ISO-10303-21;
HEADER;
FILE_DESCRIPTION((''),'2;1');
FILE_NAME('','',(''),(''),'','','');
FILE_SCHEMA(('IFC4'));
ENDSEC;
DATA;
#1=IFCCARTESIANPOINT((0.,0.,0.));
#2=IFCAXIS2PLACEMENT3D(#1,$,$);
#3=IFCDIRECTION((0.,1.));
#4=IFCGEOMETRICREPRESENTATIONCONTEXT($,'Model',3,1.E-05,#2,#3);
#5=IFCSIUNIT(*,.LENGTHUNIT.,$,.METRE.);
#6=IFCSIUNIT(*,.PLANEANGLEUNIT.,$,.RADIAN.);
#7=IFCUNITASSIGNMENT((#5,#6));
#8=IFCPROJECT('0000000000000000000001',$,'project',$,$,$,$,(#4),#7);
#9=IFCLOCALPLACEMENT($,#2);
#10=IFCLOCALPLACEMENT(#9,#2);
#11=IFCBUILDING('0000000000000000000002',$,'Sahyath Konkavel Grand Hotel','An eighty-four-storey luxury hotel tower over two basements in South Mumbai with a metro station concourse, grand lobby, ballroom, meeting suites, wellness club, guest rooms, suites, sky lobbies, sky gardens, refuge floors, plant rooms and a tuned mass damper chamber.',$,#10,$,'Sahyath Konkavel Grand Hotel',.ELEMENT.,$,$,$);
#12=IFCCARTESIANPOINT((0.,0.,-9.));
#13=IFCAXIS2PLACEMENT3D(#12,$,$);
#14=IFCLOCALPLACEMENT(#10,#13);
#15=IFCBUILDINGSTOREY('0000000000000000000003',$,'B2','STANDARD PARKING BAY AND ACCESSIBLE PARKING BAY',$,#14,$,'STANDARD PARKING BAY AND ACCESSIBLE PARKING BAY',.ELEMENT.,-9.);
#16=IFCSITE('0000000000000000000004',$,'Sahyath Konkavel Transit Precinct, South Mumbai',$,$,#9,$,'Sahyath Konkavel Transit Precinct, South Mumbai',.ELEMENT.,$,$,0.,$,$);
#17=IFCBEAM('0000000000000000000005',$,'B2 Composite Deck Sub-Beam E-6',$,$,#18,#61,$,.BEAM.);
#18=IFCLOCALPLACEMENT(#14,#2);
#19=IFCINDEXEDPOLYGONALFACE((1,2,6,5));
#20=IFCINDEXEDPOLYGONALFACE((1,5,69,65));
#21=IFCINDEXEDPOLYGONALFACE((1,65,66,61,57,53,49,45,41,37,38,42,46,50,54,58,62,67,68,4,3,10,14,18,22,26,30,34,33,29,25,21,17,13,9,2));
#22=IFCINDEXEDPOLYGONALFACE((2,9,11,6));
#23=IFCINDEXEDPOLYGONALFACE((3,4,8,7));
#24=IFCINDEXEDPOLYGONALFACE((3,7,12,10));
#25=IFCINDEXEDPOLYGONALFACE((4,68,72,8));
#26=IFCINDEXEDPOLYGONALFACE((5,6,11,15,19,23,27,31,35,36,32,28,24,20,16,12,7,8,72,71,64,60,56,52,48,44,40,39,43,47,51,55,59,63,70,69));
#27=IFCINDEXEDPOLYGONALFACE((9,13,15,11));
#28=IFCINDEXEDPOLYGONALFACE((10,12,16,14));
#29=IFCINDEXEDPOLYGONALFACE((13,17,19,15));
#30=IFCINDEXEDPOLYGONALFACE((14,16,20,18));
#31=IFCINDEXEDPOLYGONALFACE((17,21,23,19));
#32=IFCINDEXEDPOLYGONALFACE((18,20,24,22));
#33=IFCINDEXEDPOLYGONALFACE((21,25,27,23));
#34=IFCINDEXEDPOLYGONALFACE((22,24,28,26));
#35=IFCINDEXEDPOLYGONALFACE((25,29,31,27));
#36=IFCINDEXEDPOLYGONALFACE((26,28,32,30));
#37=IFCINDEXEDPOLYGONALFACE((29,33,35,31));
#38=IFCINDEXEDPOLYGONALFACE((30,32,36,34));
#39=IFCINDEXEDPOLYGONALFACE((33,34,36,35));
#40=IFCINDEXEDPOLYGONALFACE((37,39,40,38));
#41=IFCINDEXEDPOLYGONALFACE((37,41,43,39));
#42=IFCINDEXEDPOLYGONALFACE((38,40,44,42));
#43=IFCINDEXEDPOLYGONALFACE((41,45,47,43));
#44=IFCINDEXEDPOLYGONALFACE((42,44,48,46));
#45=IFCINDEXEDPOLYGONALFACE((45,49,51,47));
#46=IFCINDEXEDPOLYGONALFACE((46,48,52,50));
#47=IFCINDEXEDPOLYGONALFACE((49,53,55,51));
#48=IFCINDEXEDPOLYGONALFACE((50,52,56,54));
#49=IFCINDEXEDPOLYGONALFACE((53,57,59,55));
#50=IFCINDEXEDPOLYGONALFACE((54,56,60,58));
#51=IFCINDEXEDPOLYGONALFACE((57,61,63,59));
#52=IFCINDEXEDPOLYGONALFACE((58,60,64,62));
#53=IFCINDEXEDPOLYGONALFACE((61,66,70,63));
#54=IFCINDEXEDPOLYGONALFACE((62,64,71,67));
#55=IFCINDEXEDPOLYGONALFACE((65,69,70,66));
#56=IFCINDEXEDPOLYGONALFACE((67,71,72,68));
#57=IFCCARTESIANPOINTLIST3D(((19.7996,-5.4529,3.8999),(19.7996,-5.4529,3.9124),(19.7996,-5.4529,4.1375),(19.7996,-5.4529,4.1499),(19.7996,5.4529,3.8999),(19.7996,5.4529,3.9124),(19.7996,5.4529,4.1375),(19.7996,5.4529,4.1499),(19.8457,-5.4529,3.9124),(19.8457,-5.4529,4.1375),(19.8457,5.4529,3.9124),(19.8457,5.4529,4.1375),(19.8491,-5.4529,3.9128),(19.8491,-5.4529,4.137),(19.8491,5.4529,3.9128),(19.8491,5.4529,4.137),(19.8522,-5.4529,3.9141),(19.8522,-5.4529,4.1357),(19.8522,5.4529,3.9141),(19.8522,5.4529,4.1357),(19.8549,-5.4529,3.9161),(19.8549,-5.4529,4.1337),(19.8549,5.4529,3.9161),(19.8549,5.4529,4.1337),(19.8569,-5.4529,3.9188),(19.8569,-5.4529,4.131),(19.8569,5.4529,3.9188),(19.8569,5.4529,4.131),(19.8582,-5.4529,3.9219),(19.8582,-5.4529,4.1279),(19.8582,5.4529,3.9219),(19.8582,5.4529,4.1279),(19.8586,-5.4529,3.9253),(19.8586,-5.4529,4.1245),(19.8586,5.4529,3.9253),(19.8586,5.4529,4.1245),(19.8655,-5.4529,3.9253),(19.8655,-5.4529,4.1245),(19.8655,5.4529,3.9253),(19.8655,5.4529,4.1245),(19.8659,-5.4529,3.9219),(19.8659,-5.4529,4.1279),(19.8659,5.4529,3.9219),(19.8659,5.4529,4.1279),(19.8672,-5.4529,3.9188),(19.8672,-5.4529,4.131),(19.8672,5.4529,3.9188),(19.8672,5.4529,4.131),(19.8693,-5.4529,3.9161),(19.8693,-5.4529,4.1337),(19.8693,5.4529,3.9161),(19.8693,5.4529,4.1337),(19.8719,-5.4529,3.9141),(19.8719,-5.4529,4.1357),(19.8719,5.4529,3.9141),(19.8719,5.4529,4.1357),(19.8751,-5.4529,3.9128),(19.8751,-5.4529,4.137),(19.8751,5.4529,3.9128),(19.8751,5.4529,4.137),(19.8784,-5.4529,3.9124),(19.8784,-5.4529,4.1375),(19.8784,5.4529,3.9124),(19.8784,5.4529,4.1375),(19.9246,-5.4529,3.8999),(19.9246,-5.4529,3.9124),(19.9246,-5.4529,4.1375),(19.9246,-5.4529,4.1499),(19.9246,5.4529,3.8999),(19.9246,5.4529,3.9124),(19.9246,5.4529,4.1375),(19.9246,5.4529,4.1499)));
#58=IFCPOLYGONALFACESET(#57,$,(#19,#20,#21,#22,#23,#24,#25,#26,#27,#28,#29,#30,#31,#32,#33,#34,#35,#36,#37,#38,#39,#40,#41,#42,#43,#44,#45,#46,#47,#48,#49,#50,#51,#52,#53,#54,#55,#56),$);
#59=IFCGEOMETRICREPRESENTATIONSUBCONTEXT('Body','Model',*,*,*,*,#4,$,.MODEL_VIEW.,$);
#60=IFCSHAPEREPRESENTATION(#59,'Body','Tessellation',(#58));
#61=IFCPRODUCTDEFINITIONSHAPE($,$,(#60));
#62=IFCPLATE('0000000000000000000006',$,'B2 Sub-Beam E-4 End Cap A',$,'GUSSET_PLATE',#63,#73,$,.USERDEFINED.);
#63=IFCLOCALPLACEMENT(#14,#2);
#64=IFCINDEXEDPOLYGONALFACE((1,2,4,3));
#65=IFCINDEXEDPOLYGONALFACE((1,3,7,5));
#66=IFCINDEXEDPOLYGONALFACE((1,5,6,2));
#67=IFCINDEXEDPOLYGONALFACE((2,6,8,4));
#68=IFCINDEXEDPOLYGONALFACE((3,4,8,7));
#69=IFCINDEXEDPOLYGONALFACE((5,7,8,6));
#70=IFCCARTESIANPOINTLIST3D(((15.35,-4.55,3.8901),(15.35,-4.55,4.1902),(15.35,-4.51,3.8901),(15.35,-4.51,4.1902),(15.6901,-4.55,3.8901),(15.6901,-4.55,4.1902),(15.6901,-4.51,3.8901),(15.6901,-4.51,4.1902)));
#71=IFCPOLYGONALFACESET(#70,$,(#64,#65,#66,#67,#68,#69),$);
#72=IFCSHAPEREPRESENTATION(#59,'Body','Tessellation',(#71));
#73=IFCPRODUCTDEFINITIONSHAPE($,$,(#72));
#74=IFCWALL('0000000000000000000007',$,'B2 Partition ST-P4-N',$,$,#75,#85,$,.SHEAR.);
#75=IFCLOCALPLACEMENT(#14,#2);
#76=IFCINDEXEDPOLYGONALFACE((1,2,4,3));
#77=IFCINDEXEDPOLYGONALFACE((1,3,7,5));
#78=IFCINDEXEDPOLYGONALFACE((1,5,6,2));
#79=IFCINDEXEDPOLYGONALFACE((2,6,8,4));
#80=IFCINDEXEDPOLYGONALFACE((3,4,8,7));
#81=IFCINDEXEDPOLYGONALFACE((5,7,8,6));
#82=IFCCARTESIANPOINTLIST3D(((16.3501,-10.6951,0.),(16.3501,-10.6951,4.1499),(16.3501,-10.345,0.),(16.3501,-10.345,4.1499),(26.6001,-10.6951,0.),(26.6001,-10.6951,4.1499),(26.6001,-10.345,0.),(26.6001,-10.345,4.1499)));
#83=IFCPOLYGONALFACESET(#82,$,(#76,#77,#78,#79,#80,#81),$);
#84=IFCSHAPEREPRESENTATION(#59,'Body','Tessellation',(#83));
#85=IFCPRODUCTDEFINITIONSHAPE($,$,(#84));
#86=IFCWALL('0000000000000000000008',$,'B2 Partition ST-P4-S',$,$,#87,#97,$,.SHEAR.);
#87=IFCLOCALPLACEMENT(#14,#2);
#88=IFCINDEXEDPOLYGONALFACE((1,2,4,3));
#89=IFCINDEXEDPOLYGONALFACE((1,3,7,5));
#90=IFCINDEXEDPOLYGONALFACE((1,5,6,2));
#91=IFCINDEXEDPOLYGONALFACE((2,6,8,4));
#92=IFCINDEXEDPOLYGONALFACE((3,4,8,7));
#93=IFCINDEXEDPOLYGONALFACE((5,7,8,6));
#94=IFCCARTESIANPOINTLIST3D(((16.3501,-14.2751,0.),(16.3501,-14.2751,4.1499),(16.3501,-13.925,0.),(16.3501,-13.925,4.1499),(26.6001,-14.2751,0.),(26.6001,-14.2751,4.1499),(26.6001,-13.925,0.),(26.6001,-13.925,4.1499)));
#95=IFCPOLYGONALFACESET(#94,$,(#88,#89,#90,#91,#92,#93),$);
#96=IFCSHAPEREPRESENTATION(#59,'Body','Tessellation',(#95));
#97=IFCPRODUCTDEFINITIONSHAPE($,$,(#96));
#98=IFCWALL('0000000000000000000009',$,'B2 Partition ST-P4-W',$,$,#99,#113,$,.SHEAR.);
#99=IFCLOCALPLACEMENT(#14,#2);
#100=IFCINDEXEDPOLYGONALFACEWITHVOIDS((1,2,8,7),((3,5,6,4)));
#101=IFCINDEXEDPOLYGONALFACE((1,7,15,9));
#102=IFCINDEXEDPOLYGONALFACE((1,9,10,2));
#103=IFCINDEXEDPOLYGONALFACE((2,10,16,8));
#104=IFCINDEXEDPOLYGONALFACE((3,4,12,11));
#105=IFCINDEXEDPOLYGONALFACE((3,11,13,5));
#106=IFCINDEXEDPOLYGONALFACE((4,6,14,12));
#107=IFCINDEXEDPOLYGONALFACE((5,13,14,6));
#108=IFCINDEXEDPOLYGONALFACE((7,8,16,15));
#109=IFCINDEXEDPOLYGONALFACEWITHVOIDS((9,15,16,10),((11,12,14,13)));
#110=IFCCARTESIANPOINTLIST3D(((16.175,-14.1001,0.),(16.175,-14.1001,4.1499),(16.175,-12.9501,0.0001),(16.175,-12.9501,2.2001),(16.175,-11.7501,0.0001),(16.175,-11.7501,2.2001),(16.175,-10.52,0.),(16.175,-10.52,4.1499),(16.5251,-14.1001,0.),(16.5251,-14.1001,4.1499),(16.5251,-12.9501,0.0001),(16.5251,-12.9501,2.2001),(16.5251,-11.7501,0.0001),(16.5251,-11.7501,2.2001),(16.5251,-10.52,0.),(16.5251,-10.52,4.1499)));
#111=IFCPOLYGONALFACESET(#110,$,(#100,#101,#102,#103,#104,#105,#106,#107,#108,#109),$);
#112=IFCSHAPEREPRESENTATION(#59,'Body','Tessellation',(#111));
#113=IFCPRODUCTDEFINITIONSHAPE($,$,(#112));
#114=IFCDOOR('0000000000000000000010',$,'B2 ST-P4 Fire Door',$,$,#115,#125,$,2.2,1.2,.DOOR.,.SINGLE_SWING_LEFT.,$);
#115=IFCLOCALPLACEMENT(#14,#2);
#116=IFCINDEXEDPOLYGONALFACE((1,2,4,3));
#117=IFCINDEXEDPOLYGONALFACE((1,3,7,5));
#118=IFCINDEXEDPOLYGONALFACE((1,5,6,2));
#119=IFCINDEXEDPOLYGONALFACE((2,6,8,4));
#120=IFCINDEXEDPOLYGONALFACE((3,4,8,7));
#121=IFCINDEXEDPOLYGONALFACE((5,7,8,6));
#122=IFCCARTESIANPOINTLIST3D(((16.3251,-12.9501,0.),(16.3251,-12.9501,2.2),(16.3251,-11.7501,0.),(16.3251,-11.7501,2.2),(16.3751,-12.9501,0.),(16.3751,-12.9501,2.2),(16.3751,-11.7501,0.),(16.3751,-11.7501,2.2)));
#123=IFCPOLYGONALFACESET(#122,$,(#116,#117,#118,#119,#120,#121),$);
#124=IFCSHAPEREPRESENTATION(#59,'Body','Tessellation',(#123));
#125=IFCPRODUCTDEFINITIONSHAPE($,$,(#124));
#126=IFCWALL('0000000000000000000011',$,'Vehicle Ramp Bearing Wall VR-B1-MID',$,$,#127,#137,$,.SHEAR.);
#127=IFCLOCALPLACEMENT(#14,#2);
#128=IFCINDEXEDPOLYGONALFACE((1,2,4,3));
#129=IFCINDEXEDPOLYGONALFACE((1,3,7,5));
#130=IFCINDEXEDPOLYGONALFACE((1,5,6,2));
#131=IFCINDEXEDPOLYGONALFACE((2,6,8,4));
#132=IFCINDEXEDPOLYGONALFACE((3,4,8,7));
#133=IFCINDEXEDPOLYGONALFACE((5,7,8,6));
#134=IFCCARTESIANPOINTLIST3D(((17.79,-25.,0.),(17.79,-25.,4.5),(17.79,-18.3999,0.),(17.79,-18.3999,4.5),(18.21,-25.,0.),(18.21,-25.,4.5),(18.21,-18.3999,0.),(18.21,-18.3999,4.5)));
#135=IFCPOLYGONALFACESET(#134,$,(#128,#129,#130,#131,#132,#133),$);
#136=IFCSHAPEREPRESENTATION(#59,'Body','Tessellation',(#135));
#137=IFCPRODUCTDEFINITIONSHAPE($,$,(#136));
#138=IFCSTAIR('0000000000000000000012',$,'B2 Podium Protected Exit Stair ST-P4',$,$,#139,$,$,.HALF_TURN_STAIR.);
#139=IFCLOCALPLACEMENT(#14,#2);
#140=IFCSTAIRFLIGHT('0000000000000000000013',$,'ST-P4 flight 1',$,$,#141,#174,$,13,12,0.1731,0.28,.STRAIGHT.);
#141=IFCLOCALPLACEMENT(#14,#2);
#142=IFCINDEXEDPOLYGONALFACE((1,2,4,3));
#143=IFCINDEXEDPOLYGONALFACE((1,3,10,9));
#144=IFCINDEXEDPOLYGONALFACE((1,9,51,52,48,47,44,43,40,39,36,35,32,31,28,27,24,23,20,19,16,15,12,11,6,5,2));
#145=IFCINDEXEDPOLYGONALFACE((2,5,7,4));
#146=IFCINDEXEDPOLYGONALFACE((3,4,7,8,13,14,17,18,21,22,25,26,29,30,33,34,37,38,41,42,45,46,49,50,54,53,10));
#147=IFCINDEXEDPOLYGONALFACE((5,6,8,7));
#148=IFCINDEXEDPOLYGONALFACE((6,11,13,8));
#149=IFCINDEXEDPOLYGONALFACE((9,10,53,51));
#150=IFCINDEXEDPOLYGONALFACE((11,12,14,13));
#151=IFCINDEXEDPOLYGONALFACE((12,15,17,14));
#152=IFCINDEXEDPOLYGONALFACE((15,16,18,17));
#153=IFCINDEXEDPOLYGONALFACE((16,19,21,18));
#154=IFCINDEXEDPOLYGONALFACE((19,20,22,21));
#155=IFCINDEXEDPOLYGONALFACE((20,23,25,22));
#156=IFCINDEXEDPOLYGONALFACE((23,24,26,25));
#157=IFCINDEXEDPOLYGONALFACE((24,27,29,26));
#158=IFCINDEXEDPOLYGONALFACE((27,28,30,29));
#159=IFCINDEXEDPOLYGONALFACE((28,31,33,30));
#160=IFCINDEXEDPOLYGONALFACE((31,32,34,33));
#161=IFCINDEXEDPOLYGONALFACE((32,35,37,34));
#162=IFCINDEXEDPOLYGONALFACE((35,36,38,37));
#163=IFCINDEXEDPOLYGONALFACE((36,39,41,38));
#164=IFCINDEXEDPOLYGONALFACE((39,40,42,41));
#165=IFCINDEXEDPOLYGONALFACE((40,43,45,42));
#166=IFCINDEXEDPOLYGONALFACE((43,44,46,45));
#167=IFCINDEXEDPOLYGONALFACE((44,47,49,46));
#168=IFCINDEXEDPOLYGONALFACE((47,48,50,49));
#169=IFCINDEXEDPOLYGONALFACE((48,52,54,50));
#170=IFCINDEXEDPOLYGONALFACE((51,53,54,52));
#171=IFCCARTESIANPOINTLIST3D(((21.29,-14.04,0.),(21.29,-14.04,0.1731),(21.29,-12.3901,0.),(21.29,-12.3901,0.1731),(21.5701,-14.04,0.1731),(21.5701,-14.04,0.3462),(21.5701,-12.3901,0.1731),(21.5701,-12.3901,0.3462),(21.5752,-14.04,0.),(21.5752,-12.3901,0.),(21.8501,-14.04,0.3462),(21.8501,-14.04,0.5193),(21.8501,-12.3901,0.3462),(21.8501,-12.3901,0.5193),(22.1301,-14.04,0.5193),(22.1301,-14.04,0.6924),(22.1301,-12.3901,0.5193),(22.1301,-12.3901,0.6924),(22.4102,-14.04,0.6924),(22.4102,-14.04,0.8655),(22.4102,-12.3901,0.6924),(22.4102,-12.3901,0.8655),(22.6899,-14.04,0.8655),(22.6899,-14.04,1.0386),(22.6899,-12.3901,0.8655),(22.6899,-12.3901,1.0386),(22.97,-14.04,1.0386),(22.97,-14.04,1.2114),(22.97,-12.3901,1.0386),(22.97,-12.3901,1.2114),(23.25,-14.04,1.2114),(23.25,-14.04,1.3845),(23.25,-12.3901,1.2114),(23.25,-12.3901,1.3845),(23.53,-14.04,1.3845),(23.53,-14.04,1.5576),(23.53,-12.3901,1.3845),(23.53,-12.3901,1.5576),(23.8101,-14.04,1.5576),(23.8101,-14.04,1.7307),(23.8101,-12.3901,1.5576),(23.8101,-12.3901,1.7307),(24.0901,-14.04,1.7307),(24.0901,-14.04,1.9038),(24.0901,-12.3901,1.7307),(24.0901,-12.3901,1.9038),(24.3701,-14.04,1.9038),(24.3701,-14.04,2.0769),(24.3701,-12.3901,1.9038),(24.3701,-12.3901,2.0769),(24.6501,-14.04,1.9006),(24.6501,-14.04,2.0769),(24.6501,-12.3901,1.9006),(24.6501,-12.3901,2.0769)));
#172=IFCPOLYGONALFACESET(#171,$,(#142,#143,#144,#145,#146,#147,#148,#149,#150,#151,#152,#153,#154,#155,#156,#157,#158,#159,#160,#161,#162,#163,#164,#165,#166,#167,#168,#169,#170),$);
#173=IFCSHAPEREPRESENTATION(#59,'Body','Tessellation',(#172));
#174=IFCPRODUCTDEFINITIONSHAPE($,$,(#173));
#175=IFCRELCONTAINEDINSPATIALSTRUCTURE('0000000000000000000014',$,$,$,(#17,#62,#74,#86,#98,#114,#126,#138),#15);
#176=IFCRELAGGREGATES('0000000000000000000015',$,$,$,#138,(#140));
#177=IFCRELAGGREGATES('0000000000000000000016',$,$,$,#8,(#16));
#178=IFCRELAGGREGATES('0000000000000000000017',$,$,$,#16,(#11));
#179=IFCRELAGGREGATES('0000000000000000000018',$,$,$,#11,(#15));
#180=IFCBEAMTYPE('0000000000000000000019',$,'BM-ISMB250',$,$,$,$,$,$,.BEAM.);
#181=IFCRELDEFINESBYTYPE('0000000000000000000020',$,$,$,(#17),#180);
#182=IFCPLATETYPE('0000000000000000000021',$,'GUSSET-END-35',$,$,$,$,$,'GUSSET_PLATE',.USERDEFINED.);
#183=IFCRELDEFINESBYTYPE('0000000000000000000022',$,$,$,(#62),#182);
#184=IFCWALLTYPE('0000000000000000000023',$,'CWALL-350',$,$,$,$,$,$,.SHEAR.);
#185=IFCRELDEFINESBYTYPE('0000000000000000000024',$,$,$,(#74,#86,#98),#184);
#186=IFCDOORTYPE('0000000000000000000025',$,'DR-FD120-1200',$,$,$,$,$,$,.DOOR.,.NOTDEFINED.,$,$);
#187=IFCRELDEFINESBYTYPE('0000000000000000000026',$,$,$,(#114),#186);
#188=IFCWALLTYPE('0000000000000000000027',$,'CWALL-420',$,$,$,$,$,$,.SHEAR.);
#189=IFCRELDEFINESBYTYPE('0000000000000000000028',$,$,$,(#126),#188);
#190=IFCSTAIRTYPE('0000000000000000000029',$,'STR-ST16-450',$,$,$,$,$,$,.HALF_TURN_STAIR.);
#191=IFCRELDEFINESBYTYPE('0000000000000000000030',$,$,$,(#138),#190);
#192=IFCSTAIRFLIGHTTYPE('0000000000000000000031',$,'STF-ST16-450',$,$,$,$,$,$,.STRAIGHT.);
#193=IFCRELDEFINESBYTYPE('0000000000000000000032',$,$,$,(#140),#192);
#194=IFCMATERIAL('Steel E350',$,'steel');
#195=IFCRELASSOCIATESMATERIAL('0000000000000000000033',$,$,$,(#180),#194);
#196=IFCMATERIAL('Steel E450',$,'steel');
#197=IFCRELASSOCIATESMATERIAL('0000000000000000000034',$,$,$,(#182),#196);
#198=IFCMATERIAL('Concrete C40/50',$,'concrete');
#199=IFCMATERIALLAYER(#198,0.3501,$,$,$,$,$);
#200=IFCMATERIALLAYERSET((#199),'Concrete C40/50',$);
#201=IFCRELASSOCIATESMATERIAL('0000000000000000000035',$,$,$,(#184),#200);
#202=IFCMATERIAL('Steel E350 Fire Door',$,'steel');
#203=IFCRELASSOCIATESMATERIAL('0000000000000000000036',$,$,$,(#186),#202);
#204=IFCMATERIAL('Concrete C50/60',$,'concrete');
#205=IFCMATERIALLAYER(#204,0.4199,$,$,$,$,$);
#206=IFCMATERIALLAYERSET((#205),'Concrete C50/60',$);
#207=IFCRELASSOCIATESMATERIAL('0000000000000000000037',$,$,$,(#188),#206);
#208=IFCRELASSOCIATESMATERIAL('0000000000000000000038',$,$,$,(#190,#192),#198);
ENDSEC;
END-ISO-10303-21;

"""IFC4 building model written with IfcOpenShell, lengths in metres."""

from ifc_helpers import new_model, si_unit, direction, frame, frame_2d, origin, origin_2d, place, context, subcontext, project, spatial, polyline, rectangle, i_section, outline, extrude, source, transform, mapped, material, layer, layer_set, material_profile, profile_set, type_object, element, fill, aggregate, save


model = new_model("IFC4")

# Units and contexts
model_context = context("Model", 3, precision=1e-05, world=origin(), true_north=direction((0.0, 1.0)))
body_context = subcontext(model_context, "Body", "Model", "MODEL_VIEW")
ifc_project = project(units=[si_unit("LENGTHUNIT", "METRE"), si_unit("PLANEANGLEUNIT", "RADIAN")], contexts=[model_context])

# Site, building, storey
site_placement = place(None, origin())
site = spatial("IfcSite", under=ifc_project, at=site_placement, Name="Sahyath Konkavel Transit Precinct, South Mumbai", LongName="Sahyath Konkavel Transit Precinct, South Mumbai", CompositionType="ELEMENT", RefElevation=0.0)
building_placement = place(site_placement, origin())
building = spatial("IfcBuilding", under=site, at=building_placement, Name="Sahyath Konkavel Grand Hotel", Description="An eighty-four-storey luxury hotel tower over two basements in South Mumbai with a metro station concourse, grand lobby, ballroom, meeting suites, wellness club, guest rooms, suites, sky lobbies, sky gardens, refuge floors, plant rooms and a tuned mass damper chamber.", LongName="Sahyath Konkavel Grand Hotel", CompositionType="ELEMENT")
storey_placement = place(building_placement, frame((0.0, 0.0, -9.0)))
storey = spatial("IfcBuildingStorey", under=building, at=storey_placement, Name="B2", Description="STANDARD PARKING BAY AND ACCESSIBLE PARKING BAY", LongName="STANDARD PARKING BAY AND ACCESSIBLE PARKING BAY", CompositionType="ELEMENT", Elevation=-9.0)

# Shared definitions
ifc_material_1 = material(Name="Concrete C50/60", Category="concrete")

# Beam
ifc_material_2 = material(Name="Steel E350", Category="steel")
ifc_material_profile_1 = material_profile(ifc_material_2, i_section(OverallWidth=0.125, OverallDepth=0.25, WebThickness=0.0068, FlangeThickness=0.0125, FilletRadius=0.0129, at=origin_2d()), Name="ISMB 250")
ifc_profile_set_1 = profile_set([ifc_material_profile_1], Name="Steel E350")
beam_type_1 = type_object("IfcBeamType", Name="BM-ISMB250", PredefinedType="BEAM", material=ifc_profile_set_1)
shared_shape_1 = source(origin(), body_context, "Body", "SweptSolid", [
    extrude(i_section(OverallWidth=0.125, OverallDepth=0.25, WebThickness=0.0068, FlangeThickness=0.0125, FilletRadius=0.0129, at=origin_2d()), origin(), (0.0, 0.0, 1.0), 10.9058),
])
beam_1_placement = place(storey_placement, frame((19.8621, -5.4529, 4.0249), z_axis=(0.0, 1.0, 0.0), x_axis=(-1.0, 0.0, 0.0)))
element("IfcBeam", 1, at=beam_1_placement, inside=storey, type_object=beam_type_1, Name="B2 Composite Deck Sub-Beam E-6", PredefinedType="BEAM", context=body_context, shape_type="MappedRepresentation", body=[
    mapped(shared_shape_1, transform((0.0, 0.0, 0.0), scale=1.0)),
])

# Plate
ifc_material_3 = material(Name="Steel E450", Category="steel")
plate_type = type_object("IfcPlateType", Name="GUSSET-END-35", ElementType="GUSSET_PLATE", PredefinedType="USERDEFINED", material=ifc_material_3)
shared_shape_2 = source(origin(), body_context, "Body", "SweptSolid", [
    extrude(rectangle(XDim=0.04, YDim=0.3401, at=origin_2d()), origin(), (0.0, 0.0, 1.0), 0.3),
])
plate_placement = place(storey_placement, frame((15.52, -4.53, 3.8901), z_axis=(0.0, 0.0, 1.0), x_axis=(0.0, 1.0, 0.0)))
element("IfcPlate", 2, at=plate_placement, inside=storey, type_object=plate_type, Name="B2 Sub-Beam E-4 End Cap A", ObjectType="GUSSET_PLATE", PredefinedType="USERDEFINED", context=body_context, shape_type="MappedRepresentation", body=[
    mapped(shared_shape_2, transform((0.0, 0.0, 0.0), scale=1.0)),
])

# Walls
ifc_material_4 = material(Name="Concrete C40/50", Category="concrete")
ifc_layer_1 = layer(ifc_material_4, 0.3501)
ifc_layer_set_1 = layer_set([ifc_layer_1], Name="Concrete C40/50")
wall_type_1 = type_object("IfcWallType", Name="CWALL-350", PredefinedType="SHEAR", material=ifc_layer_set_1)
for number, where, z_axis, x_axis, name in (
    (3, (16.3501, -10.52, 0.0), (0.0, 0.0, 1.0), (1.0, 0.0, 0.0), "B2 Partition ST-P4-N"),
    (4, (16.3501, -14.1001, 0.0), (0.0, 0.0, 1.0), (1.0, 0.0, 0.0), "B2 Partition ST-P4-S"),
):
    element("IfcWall", number, at=place(storey_placement, frame(where, z_axis=z_axis, x_axis=x_axis)), inside=storey, type_object=wall_type_1, Name=name, PredefinedType="SHEAR", context=body_context, shape_type="SweptSolid", body=[
        extrude(rectangle(XDim=10.25, YDim=0.3501, at=frame_2d((5.125, 0.0))), origin(), (0.0, 0.0, 1.0), 4.1499),
    ])

# Wall, opening, door
wall_1_placement = place(storey_placement, frame((16.3501, -14.1001, 0.0), z_axis=(0.0, 0.0, 1.0), x_axis=(0.0, 1.0, 0.0)))
wall_1 = element("IfcWall", 5, at=wall_1_placement, inside=storey, type_object=wall_type_1, Name="B2 Partition ST-P4-W", PredefinedType="SHEAR", context=body_context, shape_type="SweptSolid", body=[
    extrude(rectangle(XDim=3.5801, YDim=0.3501, at=frame_2d((1.79, 0.0))), origin(), (0.0, 0.0, 1.0), 4.1499),
])
opening_placement = place(wall_1_placement, frame((1.1499, 0.0, 0.0)))
opening = element("IfcOpeningElement", 6, at=opening_placement, cuts=wall_1, PredefinedType="OPENING", context=body_context, shape_type="SweptSolid", body=[
    extrude(rectangle(XDim=1.2, YDim=2.2, at=frame_2d((0.6001, 1.1001))), frame((0.0, 0.1851, 0.0), z_axis=(0.0, -1.0, 0.0), x_axis=(1.0, 0.0, 0.0)), (0.0, 0.0, 1.0), 0.3701),
])
ifc_material_5 = material(Name="Steel E350 Fire Door", Category="steel")
door_type = type_object("IfcDoorType", Name="DR-FD120-1200", OperationType="NOTDEFINED", PredefinedType="DOOR", material=ifc_material_5)
shared_shape_3 = source(origin(), body_context, "Body", "SweptSolid", [
    extrude(rectangle(XDim=1.2, YDim=0.05, at=origin_2d()), origin(), (0.0, 0.0, 1.0), 2.2),
])
door_placement = place(opening_placement, frame((0.6001, 0.0, 0.0)))
door = element("IfcDoor", 7, at=door_placement, inside=storey, type_object=door_type, Name="B2 ST-P4 Fire Door", OperationType="SINGLE_SWING_LEFT", OverallHeight=2.2, OverallWidth=1.2, PredefinedType="DOOR", context=body_context, shape_type="MappedRepresentation", body=[
    mapped(shared_shape_3, transform((0.0, 0.0, 0.0), scale=1.0)),
])
fill(opening, door)

# Wall
ifc_layer_2 = layer(ifc_material_1, 0.4199)
ifc_layer_set_2 = layer_set([ifc_layer_2], Name="Concrete C50/60")
wall_type_2 = type_object("IfcWallType", Name="CWALL-420", PredefinedType="SHEAR", material=ifc_layer_set_2)
wall_2_placement = place(storey_placement, frame((18.0, -25.0, 0.0), z_axis=(0.0, 0.0, 1.0), x_axis=(0.0, 1.0, 0.0)))
element("IfcWall", 8, at=wall_2_placement, inside=storey, type_object=wall_type_2, Name="Vehicle Ramp Bearing Wall VR-B1-MID", PredefinedType="SHEAR", context=body_context, shape_type="SweptSolid", body=[
    extrude(rectangle(XDim=6.6001, YDim=0.4199, at=frame_2d((3.3, 0.0))), origin(), (0.0, 0.0, 1.0), 4.5),
])

# Stair, stair flight
stair_type = type_object("IfcStairType", Name="STR-ST16-450", PredefinedType="HALF_TURN_STAIR", material=ifc_material_4)
stair_placement = place(storey_placement, origin())
stair = element("IfcStair", 9, at=stair_placement, inside=storey, type_object=stair_type, Name="B2 Podium Protected Exit Stair ST-P4", PredefinedType="HALF_TURN_STAIR")
stair_flight_type = type_object("IfcStairFlightType", Name="STF-ST16-450", PredefinedType="STRAIGHT", material=ifc_material_4)
stair_flight_1_placement = place(storey_placement, frame((21.29, -13.2151, 0.0), z_axis=(0.0, 0.0, 1.0), x_axis=(1.0, 0.0, 0.0)))
stair_flight_1 = element("IfcStairFlight", 10, at=stair_flight_1_placement, type_object=stair_flight_type, Name="ST-P4 flight 1", NumberOfRisers=13, NumberOfTreads=12, PredefinedType="STRAIGHT", RiserHeight=0.1731, TreadLength=0.28, context=body_context, shape_type="SweptSolid", body=[
    extrude(outline(polyline([(0.0, 0.0), (0.0, 0.1731), (0.28, 0.1731), (0.28, 0.3462), (0.5601, 0.3462), (0.5601, 0.5193), (0.8401, 0.5193), (0.8401, 0.6924), (1.1201, 0.6924), (1.1201, 0.8655), (1.3999, 0.8655), (1.3999, 1.0386), (1.6799, 1.0386), (1.6799, 1.2114), (1.96, 1.2114), (1.96, 1.3845), (2.24, 1.3845), (2.24, 1.5576), (2.52, 1.5576), (2.52, 1.7307), (2.8, 1.7307), (2.8, 1.9038), (3.0801, 1.9038), (3.0801, 2.0769), (3.3601, 2.0769), (3.3601, 2.25), (3.3601, 1.9006), (0.2852, 0.0), (0.0, 0.0)])), frame((0.0, 0.825, 0.0), z_axis=(0.0, -1.0, 0.0), x_axis=(1.0, 0.0, 0.0)), (0.0, 0.0, 1.0), 1.6499),
])
aggregate(stair, [stair_flight_1])

save(model, "model.ifc")
